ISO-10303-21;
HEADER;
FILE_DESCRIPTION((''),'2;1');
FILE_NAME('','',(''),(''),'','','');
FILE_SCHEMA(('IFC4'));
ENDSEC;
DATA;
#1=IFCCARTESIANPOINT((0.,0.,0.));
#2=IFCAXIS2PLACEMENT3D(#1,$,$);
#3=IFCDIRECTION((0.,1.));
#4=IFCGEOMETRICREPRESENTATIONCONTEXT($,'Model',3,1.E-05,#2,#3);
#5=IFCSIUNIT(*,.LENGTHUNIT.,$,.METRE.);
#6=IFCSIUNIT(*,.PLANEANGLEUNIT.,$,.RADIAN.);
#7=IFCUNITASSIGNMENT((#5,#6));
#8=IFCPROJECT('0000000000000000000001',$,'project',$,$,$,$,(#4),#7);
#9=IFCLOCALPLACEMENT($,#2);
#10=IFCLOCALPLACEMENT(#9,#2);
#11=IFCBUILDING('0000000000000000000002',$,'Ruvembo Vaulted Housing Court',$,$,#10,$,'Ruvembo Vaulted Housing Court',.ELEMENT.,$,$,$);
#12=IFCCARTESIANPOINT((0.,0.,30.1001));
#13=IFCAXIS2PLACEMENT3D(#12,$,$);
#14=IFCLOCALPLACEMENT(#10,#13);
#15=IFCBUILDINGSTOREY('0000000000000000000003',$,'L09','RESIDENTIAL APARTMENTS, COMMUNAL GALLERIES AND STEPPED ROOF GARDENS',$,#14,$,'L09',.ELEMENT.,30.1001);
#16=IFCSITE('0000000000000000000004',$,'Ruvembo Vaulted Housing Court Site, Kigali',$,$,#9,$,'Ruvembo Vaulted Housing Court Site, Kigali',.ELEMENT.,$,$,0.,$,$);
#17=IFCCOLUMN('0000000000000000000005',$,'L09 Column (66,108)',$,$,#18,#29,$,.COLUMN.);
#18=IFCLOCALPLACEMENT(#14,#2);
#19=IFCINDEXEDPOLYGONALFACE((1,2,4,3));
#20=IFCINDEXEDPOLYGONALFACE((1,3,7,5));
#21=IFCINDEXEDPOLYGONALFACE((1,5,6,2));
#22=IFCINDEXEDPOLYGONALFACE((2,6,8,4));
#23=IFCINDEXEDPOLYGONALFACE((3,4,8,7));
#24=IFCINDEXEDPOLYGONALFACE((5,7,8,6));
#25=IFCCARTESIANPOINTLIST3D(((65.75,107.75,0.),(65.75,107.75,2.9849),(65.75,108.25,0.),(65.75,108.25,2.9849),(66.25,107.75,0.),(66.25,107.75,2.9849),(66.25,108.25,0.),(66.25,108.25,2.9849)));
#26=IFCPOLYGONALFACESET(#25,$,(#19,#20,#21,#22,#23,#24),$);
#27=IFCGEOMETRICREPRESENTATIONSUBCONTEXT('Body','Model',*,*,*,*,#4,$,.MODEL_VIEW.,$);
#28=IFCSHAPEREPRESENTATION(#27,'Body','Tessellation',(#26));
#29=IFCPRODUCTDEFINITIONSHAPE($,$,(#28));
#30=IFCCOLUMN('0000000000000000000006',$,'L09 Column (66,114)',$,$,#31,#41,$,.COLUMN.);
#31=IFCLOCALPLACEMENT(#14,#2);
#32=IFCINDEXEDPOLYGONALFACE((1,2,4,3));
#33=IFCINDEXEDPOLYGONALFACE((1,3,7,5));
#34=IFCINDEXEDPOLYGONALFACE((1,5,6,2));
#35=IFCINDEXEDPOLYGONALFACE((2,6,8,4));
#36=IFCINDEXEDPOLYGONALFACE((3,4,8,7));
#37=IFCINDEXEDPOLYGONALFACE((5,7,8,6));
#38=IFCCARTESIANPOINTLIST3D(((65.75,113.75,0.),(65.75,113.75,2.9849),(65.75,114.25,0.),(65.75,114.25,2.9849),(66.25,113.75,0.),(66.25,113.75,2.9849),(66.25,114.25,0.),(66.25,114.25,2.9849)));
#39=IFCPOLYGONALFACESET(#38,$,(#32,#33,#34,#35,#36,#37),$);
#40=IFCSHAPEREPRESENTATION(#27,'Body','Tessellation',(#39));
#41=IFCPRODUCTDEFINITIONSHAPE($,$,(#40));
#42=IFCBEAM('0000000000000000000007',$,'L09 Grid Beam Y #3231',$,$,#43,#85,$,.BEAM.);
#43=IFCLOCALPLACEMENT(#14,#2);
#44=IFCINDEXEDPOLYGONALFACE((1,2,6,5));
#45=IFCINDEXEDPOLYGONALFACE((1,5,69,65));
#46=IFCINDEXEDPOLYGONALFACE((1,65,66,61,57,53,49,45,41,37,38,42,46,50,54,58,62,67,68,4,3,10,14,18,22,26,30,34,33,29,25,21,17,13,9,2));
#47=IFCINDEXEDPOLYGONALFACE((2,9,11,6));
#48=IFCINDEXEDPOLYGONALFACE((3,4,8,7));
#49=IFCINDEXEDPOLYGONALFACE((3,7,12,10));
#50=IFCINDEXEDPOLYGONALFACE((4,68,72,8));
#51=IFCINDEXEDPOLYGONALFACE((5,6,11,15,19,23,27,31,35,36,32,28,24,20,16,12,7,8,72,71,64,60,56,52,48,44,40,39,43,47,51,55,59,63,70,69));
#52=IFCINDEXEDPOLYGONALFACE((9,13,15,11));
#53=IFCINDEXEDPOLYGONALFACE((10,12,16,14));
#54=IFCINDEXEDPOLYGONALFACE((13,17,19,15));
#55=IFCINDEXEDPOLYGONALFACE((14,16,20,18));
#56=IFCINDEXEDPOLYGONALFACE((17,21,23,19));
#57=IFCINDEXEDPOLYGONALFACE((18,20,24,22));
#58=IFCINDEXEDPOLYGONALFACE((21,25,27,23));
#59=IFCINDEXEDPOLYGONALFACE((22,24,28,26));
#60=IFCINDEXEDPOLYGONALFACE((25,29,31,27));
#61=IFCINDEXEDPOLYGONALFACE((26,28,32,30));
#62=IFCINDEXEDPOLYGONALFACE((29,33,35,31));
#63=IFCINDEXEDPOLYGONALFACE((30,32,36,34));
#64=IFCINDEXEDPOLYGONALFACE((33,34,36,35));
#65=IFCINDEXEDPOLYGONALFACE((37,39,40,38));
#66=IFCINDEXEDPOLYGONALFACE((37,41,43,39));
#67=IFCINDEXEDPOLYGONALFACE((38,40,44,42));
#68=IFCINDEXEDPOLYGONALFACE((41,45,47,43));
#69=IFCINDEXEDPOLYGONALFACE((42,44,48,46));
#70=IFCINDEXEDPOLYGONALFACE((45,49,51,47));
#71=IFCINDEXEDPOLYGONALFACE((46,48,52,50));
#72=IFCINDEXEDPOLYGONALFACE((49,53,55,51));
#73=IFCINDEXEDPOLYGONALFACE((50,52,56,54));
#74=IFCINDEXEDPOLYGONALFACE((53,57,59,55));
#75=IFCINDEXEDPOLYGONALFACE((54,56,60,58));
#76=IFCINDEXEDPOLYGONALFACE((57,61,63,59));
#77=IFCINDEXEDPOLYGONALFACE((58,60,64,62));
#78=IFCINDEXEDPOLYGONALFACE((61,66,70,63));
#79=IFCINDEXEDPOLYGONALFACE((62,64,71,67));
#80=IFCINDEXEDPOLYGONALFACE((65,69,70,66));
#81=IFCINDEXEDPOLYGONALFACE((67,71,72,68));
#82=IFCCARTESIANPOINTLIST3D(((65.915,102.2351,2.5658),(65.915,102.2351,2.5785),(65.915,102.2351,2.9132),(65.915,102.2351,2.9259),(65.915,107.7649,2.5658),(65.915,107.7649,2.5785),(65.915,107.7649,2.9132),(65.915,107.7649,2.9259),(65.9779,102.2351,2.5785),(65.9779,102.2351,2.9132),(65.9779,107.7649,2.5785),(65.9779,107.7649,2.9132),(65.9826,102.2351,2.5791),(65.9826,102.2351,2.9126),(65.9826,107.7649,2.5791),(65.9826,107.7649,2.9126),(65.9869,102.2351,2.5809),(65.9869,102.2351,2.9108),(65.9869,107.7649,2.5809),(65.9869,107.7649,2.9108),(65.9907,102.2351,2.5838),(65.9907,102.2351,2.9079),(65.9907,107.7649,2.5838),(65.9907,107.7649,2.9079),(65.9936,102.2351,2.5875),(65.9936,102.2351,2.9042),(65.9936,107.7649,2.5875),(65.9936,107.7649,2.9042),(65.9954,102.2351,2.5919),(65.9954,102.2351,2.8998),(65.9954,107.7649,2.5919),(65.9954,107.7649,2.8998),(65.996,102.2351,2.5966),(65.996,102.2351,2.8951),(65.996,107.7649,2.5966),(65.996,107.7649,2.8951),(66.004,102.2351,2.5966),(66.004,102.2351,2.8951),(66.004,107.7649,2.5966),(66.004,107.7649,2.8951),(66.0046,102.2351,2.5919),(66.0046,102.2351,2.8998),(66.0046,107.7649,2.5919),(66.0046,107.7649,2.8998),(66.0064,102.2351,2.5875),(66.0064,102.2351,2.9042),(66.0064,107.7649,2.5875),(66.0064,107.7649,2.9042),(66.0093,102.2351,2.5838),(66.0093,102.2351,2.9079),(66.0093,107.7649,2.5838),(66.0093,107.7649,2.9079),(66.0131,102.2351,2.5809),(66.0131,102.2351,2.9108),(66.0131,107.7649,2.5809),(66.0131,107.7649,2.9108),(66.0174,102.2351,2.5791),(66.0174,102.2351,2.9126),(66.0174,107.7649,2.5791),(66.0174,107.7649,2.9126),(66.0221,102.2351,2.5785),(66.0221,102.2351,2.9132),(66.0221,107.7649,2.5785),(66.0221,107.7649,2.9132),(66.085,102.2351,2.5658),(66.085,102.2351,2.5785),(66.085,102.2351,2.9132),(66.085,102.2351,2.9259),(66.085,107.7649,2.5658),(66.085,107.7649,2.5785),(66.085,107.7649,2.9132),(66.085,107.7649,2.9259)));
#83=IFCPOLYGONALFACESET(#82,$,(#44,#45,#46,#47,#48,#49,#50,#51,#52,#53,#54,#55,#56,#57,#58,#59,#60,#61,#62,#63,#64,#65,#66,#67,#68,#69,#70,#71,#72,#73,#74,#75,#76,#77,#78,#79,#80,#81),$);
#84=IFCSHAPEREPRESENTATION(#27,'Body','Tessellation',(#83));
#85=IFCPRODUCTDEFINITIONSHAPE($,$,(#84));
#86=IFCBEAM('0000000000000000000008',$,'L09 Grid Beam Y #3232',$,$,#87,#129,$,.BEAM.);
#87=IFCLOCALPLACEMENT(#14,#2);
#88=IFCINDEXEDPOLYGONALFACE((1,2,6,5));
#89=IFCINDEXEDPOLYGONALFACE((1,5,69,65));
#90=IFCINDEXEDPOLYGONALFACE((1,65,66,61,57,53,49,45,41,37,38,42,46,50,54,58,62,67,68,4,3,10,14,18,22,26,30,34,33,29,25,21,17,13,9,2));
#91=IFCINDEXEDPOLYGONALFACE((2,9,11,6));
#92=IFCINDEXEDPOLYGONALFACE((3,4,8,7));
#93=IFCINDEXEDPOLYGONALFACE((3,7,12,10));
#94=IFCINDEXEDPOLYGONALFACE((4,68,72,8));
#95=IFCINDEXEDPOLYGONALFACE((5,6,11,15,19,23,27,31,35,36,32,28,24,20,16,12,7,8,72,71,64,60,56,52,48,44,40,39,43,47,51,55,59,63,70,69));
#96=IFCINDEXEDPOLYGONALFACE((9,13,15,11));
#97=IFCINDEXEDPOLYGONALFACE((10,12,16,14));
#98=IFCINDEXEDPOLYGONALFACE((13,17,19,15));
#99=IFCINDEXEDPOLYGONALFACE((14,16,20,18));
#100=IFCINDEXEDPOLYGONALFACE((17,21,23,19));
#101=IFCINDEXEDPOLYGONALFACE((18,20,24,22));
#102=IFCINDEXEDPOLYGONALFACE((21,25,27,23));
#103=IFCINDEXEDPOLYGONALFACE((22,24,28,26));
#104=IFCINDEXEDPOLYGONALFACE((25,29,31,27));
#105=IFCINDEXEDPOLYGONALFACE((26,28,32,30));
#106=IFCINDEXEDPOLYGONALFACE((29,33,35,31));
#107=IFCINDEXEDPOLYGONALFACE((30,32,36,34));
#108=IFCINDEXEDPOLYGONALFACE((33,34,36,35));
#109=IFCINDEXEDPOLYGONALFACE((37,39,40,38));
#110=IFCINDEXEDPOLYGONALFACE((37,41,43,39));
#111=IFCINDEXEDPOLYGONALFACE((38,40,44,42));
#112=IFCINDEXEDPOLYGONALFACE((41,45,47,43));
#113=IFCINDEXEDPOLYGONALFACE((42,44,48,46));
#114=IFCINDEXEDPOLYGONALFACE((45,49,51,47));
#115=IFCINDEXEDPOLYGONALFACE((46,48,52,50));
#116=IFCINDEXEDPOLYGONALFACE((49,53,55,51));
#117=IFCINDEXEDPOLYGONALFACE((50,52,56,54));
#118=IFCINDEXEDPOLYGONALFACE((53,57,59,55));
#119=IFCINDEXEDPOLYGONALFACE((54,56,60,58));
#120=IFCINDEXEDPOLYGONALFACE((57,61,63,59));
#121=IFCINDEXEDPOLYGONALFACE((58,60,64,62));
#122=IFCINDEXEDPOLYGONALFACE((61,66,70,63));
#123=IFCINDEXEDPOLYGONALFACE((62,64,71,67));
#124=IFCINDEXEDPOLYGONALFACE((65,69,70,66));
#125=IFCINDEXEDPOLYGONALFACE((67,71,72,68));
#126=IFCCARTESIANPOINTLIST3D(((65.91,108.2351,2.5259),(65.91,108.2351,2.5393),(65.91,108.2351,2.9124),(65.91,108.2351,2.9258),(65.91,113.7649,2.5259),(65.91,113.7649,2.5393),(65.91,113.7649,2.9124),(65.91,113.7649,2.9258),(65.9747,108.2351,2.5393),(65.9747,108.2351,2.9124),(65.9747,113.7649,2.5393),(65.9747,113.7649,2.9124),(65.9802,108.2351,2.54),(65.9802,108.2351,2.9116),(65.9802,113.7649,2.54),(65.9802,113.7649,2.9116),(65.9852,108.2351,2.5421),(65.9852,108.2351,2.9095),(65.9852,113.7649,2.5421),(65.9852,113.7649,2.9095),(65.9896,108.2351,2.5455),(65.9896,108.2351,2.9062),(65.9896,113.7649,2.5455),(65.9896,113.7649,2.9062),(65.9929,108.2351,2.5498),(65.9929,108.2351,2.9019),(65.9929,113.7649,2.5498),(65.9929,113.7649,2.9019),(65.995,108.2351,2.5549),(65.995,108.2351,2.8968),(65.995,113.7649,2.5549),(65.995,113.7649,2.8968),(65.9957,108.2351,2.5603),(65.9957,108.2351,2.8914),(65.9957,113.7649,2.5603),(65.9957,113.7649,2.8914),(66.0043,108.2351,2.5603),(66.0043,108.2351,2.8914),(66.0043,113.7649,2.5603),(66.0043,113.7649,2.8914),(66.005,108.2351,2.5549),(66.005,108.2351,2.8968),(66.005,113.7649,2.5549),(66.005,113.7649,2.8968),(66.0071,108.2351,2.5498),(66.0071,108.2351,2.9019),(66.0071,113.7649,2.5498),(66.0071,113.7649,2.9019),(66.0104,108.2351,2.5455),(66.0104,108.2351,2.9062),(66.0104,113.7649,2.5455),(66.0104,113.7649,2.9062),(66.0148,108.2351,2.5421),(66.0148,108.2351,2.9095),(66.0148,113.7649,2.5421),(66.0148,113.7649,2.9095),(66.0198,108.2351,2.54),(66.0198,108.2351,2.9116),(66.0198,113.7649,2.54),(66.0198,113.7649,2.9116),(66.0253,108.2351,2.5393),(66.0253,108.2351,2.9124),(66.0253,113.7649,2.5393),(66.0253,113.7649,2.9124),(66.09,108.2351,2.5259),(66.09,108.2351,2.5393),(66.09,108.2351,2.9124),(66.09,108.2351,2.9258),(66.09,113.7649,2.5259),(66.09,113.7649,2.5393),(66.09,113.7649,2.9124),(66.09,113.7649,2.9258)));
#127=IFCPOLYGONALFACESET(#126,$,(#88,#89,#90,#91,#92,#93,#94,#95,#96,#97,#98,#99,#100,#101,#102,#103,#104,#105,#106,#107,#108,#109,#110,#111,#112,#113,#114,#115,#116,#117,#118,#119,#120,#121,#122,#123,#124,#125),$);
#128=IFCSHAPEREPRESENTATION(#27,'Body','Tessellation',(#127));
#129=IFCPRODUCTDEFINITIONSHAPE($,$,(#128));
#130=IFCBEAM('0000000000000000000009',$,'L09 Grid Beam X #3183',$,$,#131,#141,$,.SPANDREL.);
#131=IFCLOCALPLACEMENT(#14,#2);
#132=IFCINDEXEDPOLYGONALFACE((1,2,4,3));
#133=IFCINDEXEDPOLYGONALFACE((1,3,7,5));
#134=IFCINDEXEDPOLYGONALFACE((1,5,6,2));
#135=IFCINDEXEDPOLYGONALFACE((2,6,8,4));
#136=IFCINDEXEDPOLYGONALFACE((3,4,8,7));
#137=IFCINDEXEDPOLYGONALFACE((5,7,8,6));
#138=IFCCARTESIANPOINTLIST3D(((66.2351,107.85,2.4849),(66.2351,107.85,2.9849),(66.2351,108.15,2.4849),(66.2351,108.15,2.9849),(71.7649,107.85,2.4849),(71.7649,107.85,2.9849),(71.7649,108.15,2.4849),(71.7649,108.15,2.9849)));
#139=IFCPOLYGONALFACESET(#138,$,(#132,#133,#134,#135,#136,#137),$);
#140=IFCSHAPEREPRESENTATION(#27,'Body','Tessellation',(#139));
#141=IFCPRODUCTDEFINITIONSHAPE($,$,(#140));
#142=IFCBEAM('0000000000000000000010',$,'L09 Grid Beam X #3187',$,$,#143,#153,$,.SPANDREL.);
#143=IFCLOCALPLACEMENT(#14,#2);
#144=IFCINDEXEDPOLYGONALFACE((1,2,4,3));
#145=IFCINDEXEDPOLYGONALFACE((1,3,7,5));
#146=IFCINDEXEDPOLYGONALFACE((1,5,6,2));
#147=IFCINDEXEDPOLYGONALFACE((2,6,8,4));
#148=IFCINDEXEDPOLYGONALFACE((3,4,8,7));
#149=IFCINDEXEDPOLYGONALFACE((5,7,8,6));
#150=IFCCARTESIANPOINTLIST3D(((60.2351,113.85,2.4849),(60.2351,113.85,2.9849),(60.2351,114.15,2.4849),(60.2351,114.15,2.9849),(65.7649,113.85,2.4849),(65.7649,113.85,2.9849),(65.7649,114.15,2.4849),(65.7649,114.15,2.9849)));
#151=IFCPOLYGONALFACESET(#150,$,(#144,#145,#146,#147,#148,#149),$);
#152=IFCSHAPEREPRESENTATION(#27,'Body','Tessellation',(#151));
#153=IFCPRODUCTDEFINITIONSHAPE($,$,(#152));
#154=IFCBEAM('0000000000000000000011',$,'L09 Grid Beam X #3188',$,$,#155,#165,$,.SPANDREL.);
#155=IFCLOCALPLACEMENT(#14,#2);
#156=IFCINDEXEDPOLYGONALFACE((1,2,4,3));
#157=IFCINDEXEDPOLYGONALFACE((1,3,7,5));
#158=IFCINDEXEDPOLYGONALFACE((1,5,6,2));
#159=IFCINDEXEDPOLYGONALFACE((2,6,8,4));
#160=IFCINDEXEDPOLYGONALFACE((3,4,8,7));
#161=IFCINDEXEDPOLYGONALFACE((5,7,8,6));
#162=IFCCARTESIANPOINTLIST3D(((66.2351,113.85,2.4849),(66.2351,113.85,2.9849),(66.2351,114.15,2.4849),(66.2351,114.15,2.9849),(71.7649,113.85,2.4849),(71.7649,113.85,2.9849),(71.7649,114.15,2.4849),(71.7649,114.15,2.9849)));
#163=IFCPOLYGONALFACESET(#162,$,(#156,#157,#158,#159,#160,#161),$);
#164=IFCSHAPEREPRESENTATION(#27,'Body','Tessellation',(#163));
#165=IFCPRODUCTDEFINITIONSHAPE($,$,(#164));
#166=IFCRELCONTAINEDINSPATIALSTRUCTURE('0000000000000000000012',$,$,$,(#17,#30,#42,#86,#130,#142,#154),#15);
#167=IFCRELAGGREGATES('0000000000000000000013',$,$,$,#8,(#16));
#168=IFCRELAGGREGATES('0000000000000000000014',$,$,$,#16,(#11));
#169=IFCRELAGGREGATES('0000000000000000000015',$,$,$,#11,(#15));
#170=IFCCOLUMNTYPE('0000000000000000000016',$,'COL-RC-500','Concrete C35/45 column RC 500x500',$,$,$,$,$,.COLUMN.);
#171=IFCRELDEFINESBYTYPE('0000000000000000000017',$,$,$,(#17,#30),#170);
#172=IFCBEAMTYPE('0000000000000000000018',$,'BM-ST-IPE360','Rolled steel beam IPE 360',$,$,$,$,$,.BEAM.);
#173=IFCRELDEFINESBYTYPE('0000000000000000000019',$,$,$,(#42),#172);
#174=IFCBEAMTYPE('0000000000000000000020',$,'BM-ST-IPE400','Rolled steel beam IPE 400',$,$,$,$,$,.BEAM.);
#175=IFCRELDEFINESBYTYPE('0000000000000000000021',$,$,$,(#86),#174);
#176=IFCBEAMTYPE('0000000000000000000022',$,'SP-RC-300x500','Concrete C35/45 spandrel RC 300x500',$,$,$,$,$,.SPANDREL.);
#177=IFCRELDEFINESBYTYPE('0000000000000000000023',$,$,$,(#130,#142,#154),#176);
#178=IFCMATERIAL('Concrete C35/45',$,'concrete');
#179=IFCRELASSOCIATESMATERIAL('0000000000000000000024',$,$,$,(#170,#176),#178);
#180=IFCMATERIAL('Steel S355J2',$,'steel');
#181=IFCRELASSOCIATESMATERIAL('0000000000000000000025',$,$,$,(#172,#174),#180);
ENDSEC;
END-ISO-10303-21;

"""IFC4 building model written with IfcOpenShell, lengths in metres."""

from ifc_helpers import new_model, si_unit, direction, frame, origin, origin_2d, place, context, subcontext, project, spatial, rectangle, i_section, extrude, material, material_profile, profile_set, type_object, element, save


model = new_model("IFC4")

# Units and contexts
model_context = context("Model", 3, precision=1e-05, world=origin(), true_north=direction((0.0, 1.0)))
body_context = subcontext(model_context, "Body", "Model", "MODEL_VIEW")
ifc_project = project(units=[si_unit("LENGTHUNIT", "METRE"), si_unit("PLANEANGLEUNIT", "RADIAN")], contexts=[model_context])

# Site, building, storey
site_placement = place(None, origin())
site = spatial("IfcSite", under=ifc_project, at=site_placement, Name="Ruvembo Vaulted Housing Court Site, Kigali", LongName="Ruvembo Vaulted Housing Court Site, Kigali", CompositionType="ELEMENT", RefElevation=0.0)
building_placement = place(site_placement, origin())
building = spatial("IfcBuilding", under=site, at=building_placement, Name="Ruvembo Vaulted Housing Court", LongName="Ruvembo Vaulted Housing Court", CompositionType="ELEMENT")
storey_placement = place(building_placement, frame((0.0, 0.0, 30.1001)))
storey = spatial("IfcBuildingStorey", under=building, at=storey_placement, Name="L09", Description="RESIDENTIAL APARTMENTS, COMMUNAL GALLERIES AND STEPPED ROOF GARDENS", LongName="L09", CompositionType="ELEMENT", Elevation=30.1001)

# Columns
ifc_material_1 = material(Name="Concrete C35/45", Category="concrete")
ifc_material_profile_1 = material_profile(ifc_material_1, rectangle(XDim=0.5, YDim=0.5, at=origin_2d()), Name="RC 500x500")
ifc_profile_set_1 = profile_set([ifc_material_profile_1], Name="Concrete C35/45")
column_type = type_object("IfcColumnType", Name="COL-RC-500", Description="Concrete C35/45 column RC 500x500", PredefinedType="COLUMN", material=ifc_profile_set_1)
for number, where, z_axis, x_axis, name in (
    (1, (66.0, 108.0, 0.0), (0.0, 0.0, 1.0), (1.0, 0.0, 0.0), "L09 Column (66,108)"),
    (2, (66.0, 114.0, 0.0), (0.0, 0.0, 1.0), (1.0, 0.0, 0.0), "L09 Column (66,114)"),
):
    element("IfcColumn", number, at=place(storey_placement, frame(where, z_axis=z_axis, x_axis=x_axis)), inside=storey, type_object=column_type, Name=name, PredefinedType="COLUMN", context=body_context, shape_type="SweptSolid", body=[
        extrude(rectangle(XDim=0.5, YDim=0.5, at=origin_2d()), origin(), (0.0, 0.0, 1.0), 2.9849),
    ])

# Beams
ifc_material_2 = material(Name="Steel S355J2", Category="steel")
ifc_material_profile_2 = material_profile(ifc_material_2, i_section(OverallWidth=0.1699, OverallDepth=0.3601, WebThickness=0.0081, FlangeThickness=0.0127, FilletRadius=0.0181, at=origin_2d()), Name="IPE 360")
ifc_profile_set_2 = profile_set([ifc_material_profile_2], Name="Steel S355J2")
beam_type_1 = type_object("IfcBeamType", Name="BM-ST-IPE360", Description="Rolled steel beam IPE 360", PredefinedType="BEAM", material=ifc_profile_set_2)
beam_1_placement = place(storey_placement, frame((66.0, 102.2351, 2.7458), z_axis=(0.0, 1.0, 0.0), x_axis=(-1.0, 0.0, 0.0)))
element("IfcBeam", 3, at=beam_1_placement, inside=storey, type_object=beam_type_1, Name="L09 Grid Beam Y #3231", PredefinedType="BEAM", context=body_context, shape_type="SweptSolid", body=[
    extrude(i_section(OverallWidth=0.1699, OverallDepth=0.3601, WebThickness=0.0081, FlangeThickness=0.0127, FilletRadius=0.0181, at=origin_2d()), origin(), (0.0, 0.0, 1.0), 5.5298),
])
ifc_material_profile_3 = material_profile(ifc_material_2, i_section(OverallWidth=0.1799, OverallDepth=0.3999, WebThickness=0.0085, FlangeThickness=0.0134, FilletRadius=0.021, at=origin_2d()), Name="IPE 400")
ifc_profile_set_3 = profile_set([ifc_material_profile_3], Name="Steel S355J2")
beam_type_2 = type_object("IfcBeamType", Name="BM-ST-IPE400", Description="Rolled steel beam IPE 400", PredefinedType="BEAM", material=ifc_profile_set_3)
beam_2_placement = place(storey_placement, frame((66.0, 108.2351, 2.7258), z_axis=(0.0, 1.0, 0.0), x_axis=(-1.0, 0.0, 0.0)))
element("IfcBeam", 4, at=beam_2_placement, inside=storey, type_object=beam_type_2, Name="L09 Grid Beam Y #3232", PredefinedType="BEAM", context=body_context, shape_type="SweptSolid", body=[
    extrude(i_section(OverallWidth=0.1799, OverallDepth=0.3999, WebThickness=0.0085, FlangeThickness=0.0134, FilletRadius=0.021, at=origin_2d()), origin(), (0.0, 0.0, 1.0), 5.5298),
])
ifc_material_profile_4 = material_profile(ifc_material_1, rectangle(XDim=0.3, YDim=0.5, at=origin_2d()), Name="RC 300x500")
ifc_profile_set_4 = profile_set([ifc_material_profile_4], Name="Concrete C35/45")
beam_type_3 = type_object("IfcBeamType", Name="SP-RC-300x500", Description="Concrete C35/45 spandrel RC 300x500", PredefinedType="SPANDREL", material=ifc_profile_set_4)
for number, where, z_axis, x_axis, name in (
    (5, (66.2351, 108.0, 2.7349), (1.0, 0.0, 0.0), (0.0, 1.0, 0.0), "L09 Grid Beam X #3183"),
    (6, (60.2351, 114.0, 2.7349), (1.0, 0.0, 0.0), (0.0, 1.0, 0.0), "L09 Grid Beam X #3187"),
    (7, (66.2351, 114.0, 2.7349), (1.0, 0.0, 0.0), (0.0, 1.0, 0.0), "L09 Grid Beam X #3188"),
):
    element("IfcBeam", number, at=place(storey_placement, frame(where, z_axis=z_axis, x_axis=x_axis)), inside=storey, type_object=beam_type_3, Name=name, PredefinedType="SPANDREL", context=body_context, shape_type="SweptSolid", body=[
        extrude(rectangle(XDim=0.3, YDim=0.5, at=origin_2d()), origin(), (0.0, 0.0, 1.0), 5.5298),
    ])

save(model, "model.ifc")
